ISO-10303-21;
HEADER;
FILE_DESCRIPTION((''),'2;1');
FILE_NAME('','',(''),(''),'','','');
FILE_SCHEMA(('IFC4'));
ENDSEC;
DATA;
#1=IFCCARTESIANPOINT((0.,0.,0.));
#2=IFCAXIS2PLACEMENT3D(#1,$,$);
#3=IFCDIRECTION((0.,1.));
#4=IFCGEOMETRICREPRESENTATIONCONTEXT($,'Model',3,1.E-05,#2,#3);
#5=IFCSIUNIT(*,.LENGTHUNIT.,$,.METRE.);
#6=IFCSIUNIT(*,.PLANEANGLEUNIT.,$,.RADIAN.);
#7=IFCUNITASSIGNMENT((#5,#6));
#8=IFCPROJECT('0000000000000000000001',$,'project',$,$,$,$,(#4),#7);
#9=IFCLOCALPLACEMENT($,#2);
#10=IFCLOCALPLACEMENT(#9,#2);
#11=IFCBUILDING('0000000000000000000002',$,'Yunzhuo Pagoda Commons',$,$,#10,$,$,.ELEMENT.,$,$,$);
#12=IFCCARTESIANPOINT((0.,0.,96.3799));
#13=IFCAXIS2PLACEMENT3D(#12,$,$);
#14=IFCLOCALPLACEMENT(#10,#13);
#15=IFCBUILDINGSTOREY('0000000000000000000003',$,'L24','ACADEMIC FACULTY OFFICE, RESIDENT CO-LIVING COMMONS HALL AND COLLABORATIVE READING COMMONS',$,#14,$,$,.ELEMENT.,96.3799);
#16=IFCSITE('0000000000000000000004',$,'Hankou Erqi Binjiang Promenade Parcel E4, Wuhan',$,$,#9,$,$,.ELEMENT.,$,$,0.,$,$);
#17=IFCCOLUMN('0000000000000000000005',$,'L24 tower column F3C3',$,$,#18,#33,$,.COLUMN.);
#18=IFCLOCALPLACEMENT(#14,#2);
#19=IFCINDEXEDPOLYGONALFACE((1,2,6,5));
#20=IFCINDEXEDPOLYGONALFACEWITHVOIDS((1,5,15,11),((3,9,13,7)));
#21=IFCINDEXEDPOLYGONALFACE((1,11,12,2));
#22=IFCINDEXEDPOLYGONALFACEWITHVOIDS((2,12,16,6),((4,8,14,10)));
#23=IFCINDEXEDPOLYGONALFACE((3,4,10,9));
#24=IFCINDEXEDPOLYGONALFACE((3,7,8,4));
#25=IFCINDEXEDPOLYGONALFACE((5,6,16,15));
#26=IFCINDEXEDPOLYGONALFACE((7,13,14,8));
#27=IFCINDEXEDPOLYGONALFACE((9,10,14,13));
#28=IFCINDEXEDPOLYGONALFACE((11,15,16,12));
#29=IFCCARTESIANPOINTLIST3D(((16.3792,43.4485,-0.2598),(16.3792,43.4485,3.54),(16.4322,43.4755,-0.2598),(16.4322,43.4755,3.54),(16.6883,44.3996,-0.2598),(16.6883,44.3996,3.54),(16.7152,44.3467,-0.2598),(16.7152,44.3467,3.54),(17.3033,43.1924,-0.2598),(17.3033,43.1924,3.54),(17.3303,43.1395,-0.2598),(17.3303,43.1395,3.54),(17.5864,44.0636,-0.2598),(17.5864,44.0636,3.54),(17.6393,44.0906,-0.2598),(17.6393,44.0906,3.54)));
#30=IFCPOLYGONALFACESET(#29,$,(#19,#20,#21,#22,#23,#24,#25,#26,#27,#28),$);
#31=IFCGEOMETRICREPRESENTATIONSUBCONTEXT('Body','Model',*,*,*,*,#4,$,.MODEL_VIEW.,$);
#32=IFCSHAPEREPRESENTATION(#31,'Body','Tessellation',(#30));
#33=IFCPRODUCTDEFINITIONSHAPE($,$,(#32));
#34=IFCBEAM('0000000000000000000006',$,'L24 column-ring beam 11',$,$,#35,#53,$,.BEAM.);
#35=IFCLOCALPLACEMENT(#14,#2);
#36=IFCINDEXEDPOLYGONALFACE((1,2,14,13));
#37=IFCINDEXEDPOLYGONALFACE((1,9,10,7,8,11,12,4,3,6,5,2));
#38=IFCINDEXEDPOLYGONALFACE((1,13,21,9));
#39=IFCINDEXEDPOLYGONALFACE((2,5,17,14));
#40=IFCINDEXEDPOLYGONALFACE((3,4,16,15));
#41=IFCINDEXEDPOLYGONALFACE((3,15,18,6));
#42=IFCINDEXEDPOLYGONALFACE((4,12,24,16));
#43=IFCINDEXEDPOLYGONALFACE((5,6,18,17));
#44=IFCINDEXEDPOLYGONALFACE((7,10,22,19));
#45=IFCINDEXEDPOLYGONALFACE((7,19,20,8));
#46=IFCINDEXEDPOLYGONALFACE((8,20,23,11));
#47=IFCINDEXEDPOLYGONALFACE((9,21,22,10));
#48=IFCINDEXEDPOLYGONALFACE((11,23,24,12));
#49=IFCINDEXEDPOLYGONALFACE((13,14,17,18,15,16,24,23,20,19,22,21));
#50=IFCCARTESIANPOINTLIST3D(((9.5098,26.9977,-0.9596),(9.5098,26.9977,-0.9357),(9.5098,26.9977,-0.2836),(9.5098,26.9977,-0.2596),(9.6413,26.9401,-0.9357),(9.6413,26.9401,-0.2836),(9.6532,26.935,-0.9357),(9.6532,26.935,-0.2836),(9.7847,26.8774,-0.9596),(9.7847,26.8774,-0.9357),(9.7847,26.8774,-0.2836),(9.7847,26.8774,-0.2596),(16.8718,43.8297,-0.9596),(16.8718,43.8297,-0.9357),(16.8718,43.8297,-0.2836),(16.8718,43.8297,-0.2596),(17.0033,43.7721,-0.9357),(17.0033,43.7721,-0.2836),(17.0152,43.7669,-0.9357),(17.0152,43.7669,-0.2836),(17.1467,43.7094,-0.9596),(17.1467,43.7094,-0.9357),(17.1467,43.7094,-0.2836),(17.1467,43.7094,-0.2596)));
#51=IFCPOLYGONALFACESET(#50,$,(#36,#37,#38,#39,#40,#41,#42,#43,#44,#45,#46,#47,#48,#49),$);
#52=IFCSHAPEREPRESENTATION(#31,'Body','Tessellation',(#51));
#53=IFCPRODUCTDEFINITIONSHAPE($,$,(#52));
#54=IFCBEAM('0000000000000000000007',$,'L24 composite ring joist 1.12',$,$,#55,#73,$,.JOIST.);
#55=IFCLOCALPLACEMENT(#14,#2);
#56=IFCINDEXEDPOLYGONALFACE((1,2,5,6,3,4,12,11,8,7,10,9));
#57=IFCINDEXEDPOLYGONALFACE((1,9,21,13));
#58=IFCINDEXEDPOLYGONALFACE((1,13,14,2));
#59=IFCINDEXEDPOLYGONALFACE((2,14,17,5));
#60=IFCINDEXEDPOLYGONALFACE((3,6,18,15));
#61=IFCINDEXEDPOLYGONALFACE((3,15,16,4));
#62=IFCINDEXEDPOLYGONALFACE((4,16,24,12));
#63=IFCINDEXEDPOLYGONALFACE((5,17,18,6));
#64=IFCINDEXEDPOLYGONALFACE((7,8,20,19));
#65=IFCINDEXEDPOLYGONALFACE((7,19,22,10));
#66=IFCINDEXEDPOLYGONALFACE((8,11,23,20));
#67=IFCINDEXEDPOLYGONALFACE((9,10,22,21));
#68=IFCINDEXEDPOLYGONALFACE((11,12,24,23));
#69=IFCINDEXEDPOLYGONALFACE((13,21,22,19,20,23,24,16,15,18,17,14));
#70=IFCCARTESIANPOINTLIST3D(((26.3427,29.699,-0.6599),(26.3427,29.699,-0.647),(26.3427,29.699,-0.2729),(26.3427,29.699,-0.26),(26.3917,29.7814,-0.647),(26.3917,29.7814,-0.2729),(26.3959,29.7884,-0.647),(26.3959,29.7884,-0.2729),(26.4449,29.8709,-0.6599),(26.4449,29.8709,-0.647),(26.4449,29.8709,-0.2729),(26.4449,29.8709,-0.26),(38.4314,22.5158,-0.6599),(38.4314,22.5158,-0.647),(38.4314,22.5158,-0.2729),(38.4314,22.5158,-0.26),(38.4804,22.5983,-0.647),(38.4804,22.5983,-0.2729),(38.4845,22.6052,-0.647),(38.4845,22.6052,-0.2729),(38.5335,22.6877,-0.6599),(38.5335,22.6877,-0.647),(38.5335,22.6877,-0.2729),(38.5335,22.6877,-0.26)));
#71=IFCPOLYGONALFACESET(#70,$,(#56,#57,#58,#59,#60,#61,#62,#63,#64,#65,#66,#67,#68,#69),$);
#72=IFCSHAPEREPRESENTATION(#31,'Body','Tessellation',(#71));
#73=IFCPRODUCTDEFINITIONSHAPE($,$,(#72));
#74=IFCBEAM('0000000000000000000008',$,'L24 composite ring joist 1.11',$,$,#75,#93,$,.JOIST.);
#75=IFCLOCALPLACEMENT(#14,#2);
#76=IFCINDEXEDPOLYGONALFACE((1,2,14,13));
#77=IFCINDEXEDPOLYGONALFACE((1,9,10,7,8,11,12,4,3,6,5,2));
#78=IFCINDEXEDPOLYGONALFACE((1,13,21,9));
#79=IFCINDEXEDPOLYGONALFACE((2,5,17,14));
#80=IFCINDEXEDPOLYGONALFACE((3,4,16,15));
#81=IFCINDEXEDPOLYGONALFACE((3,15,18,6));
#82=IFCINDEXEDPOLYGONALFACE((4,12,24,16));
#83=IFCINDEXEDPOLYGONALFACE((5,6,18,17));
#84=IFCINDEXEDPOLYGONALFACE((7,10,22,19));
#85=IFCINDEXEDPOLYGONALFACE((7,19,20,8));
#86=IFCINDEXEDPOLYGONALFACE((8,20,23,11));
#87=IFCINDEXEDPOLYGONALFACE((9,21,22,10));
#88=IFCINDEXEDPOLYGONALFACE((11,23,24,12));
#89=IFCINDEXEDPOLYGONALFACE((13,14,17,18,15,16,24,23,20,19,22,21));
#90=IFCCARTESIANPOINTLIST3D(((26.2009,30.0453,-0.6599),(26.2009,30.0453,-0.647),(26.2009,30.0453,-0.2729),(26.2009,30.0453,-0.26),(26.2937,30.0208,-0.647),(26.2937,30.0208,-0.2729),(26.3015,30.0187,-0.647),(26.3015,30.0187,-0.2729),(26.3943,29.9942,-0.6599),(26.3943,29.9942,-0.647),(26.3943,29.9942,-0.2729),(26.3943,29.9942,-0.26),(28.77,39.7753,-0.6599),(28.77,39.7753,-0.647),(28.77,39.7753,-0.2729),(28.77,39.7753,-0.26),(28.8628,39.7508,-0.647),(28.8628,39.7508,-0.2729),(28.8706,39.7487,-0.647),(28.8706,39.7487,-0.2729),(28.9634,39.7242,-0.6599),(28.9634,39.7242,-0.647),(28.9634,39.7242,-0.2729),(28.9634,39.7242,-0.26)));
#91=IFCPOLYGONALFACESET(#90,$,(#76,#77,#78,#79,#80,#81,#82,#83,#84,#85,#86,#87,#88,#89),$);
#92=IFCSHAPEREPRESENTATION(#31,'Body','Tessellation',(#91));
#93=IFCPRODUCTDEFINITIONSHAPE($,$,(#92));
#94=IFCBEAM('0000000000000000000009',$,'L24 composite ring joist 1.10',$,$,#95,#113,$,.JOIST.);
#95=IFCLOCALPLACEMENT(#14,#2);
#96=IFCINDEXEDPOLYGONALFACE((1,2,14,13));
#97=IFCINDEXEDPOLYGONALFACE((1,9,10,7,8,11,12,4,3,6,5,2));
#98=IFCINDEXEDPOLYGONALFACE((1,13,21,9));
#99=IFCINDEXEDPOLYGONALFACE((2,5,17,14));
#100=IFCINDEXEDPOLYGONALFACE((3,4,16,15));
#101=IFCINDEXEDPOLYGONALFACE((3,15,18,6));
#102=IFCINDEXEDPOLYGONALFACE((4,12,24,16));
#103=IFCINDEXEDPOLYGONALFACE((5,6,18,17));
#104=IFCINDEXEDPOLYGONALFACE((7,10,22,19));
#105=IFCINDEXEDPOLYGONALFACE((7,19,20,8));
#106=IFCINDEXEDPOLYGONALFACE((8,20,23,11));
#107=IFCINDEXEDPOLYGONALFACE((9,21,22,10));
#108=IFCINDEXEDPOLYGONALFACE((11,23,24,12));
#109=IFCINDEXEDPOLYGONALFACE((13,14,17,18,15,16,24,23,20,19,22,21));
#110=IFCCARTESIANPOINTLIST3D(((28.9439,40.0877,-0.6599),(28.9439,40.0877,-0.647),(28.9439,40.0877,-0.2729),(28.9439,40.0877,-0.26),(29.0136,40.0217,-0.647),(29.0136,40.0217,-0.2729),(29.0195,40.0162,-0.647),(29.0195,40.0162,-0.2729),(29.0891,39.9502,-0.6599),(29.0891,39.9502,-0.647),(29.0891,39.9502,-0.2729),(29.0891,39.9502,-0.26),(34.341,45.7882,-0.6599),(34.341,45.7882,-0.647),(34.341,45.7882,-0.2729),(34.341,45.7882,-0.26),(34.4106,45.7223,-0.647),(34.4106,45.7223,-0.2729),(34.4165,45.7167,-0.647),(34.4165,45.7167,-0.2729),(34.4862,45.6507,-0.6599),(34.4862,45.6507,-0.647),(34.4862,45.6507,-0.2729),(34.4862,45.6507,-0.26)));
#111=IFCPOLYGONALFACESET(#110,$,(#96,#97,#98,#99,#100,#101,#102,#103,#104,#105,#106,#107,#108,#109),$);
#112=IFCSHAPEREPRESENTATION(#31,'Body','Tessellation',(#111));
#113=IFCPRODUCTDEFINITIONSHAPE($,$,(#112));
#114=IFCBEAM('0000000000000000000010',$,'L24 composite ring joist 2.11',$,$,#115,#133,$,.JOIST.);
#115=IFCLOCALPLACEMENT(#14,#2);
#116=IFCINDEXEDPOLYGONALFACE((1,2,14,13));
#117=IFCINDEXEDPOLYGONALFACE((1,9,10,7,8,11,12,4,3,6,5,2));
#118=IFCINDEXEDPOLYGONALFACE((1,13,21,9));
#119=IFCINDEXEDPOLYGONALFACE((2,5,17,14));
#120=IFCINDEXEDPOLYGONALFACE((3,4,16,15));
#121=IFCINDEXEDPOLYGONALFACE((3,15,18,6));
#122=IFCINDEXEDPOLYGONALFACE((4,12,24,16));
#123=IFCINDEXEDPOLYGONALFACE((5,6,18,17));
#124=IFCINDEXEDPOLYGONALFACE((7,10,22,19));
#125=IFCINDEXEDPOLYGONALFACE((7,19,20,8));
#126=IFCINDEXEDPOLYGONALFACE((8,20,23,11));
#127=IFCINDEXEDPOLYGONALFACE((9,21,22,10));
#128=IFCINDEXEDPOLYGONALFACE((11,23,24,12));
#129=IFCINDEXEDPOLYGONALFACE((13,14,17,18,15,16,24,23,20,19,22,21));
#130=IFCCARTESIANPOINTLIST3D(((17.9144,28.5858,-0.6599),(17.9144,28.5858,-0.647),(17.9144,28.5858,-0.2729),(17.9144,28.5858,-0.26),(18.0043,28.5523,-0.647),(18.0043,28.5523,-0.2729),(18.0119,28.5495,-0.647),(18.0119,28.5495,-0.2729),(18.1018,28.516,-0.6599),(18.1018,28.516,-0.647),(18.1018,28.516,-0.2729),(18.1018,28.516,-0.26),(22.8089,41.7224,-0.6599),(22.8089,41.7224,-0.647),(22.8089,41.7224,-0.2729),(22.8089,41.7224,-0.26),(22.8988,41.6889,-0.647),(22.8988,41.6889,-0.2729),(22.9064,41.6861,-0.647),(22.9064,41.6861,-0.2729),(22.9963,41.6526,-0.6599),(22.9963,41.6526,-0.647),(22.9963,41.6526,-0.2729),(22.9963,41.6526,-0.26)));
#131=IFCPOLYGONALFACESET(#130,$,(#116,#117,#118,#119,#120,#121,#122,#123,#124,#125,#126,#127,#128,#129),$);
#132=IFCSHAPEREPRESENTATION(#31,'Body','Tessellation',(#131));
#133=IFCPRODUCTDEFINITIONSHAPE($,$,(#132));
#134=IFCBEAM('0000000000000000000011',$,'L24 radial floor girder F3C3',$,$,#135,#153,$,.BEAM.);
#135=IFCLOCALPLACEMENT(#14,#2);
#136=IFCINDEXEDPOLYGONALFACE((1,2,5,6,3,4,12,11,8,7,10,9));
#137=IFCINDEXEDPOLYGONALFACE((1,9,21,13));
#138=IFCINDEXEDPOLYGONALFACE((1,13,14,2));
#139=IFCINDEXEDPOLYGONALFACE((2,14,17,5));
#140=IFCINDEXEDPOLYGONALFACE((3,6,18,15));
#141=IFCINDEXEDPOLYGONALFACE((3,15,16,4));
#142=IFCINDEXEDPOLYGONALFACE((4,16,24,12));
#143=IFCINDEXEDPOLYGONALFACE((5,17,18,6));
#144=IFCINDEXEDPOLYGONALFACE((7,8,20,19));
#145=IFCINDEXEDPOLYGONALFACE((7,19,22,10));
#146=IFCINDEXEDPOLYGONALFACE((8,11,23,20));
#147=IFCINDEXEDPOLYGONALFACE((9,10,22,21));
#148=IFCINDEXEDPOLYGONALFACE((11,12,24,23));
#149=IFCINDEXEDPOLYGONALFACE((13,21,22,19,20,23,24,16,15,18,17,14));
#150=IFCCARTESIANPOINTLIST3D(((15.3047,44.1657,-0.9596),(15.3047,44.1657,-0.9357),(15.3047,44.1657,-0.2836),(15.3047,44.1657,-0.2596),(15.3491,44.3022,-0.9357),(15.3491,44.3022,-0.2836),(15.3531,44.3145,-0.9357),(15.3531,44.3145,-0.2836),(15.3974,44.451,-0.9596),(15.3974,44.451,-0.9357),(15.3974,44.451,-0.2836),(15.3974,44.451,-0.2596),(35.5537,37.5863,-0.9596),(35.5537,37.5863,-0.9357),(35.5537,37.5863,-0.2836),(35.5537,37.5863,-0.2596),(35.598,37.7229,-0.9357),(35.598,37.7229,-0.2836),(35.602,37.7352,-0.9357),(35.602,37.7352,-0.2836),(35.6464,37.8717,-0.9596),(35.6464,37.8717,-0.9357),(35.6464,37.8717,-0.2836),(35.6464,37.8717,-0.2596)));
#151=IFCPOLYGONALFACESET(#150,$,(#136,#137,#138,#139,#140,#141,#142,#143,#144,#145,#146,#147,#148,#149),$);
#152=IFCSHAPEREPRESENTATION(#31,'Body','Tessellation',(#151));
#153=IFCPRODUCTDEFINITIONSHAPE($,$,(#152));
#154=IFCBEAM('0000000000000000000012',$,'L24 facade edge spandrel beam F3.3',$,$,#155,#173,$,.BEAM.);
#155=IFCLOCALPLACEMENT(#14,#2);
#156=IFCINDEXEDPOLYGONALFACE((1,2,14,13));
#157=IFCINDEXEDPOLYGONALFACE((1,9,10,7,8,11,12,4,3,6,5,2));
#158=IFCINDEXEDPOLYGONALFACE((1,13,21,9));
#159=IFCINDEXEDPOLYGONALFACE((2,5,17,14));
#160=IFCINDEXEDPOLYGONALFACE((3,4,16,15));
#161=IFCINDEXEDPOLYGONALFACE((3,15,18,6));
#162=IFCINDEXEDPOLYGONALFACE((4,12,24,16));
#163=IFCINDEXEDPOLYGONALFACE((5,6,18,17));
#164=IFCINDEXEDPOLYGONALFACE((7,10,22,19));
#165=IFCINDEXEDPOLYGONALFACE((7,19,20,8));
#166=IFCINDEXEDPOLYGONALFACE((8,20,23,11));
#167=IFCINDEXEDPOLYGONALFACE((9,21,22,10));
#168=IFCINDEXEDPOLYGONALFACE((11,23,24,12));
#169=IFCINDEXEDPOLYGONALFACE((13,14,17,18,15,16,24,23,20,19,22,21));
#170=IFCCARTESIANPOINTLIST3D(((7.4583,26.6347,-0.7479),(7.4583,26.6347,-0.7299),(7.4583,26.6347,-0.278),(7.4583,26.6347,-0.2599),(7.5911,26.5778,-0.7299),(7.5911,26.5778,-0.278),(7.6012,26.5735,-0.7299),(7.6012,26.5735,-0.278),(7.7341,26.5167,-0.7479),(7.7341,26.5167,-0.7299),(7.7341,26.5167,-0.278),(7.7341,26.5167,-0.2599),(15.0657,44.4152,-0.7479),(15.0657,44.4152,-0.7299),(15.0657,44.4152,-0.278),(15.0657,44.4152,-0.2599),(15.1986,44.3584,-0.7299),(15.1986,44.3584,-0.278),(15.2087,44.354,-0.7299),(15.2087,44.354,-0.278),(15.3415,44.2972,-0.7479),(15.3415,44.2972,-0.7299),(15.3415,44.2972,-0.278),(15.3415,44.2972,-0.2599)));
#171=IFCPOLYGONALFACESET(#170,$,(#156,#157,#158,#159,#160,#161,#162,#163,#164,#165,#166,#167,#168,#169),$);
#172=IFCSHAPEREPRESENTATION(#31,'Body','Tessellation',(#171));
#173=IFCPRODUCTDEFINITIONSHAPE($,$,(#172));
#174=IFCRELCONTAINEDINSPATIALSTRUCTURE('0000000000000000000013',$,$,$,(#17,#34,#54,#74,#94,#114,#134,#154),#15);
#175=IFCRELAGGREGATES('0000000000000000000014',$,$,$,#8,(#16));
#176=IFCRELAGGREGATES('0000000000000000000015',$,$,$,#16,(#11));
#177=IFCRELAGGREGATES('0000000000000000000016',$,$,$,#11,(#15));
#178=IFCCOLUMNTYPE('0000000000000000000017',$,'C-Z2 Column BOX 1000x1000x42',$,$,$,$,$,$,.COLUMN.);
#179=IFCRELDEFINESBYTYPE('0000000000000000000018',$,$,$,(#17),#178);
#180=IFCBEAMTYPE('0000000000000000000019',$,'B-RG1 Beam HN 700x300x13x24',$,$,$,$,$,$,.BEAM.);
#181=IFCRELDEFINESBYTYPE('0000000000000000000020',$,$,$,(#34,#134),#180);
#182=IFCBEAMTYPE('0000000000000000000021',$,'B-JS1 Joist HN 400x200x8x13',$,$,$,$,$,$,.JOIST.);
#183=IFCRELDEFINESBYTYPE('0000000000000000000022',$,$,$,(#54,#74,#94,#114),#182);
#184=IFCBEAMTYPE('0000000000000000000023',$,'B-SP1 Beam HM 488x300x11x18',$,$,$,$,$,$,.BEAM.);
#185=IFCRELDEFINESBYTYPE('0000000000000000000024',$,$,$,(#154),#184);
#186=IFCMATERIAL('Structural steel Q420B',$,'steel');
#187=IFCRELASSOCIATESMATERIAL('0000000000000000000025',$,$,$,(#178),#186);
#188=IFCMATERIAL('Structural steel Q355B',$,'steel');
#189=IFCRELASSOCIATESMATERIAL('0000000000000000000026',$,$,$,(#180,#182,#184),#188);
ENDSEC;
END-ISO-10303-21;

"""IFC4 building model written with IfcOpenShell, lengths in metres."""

from ifc_helpers import new_model, si_unit, direction, frame, origin, origin_2d, place, context, subcontext, project, spatial, hollow_rectangle, i_section, extrude, source, transform, mapped, material, material_profile, profile_set, type_object, element, save


model = new_model("IFC4")

# Units and contexts
model_context = context("Model", 3, precision=1e-05, world=origin(), true_north=direction((0.0, 1.0)))
body_context = subcontext(model_context, "Body", "Model", "MODEL_VIEW")
ifc_project = project(units=[si_unit("LENGTHUNIT", "METRE"), si_unit("PLANEANGLEUNIT", "RADIAN")], contexts=[model_context])

# Site, building, storey
site_placement = place(None, origin())
site = spatial("IfcSite", under=ifc_project, at=site_placement, Name="Hankou Erqi Binjiang Promenade Parcel E4, Wuhan", CompositionType="ELEMENT", RefElevation=0.0)
building_placement = place(site_placement, origin())
building = spatial("IfcBuilding", under=site, at=building_placement, Name="Yunzhuo Pagoda Commons", CompositionType="ELEMENT")
storey_placement = place(building_placement, frame((0.0, 0.0, 96.3799)))
storey = spatial("IfcBuildingStorey", under=building, at=storey_placement, Name="L24", Description="ACADEMIC FACULTY OFFICE, RESIDENT CO-LIVING COMMONS HALL AND COLLABORATIVE READING COMMONS", CompositionType="ELEMENT", Elevation=96.3799)

# Column
ifc_material_1 = material(Name="Structural steel Q420B", Category="steel")
ifc_material_profile_1 = material_profile(ifc_material_1, hollow_rectangle(XDim=1.0, YDim=1.0, WallThickness=0.042, at=origin_2d()), Name="Structural steel Q420B")
ifc_profile_set_1 = profile_set([ifc_material_profile_1], Name="Structural steel Q420B")
column_type = type_object("IfcColumnType", Name="C-Z2 Column BOX 1000x1000x42", PredefinedType="COLUMN", material=ifc_profile_set_1)
shared_shape_1 = source(origin(), body_context, "Body", "SweptSolid", [
    extrude(hollow_rectangle(XDim=1.0, YDim=1.0, WallThickness=0.042, at=origin_2d()), origin(), (0.0, 0.0, 1.0), 3.7998),
])
column_placement = place(storey_placement, frame((17.0093, 43.7695, -0.2598), z_axis=(0.0, 0.0, 1.0), x_axis=(-0.309017, -0.951057, 0.0)))
element("IfcColumn", 1, at=column_placement, inside=storey, type_object=column_type, Name="L24 tower column F3C3", PredefinedType="COLUMN", context=body_context, shape_type="MappedRepresentation", body=[
    mapped(shared_shape_1, transform((0.0, 0.0, 0.0), scale=1.0)),
])

# Beams
ifc_material_2 = material(Name="Structural steel Q355B", Category="steel")
ifc_material_profile_2 = material_profile(ifc_material_2, i_section(OverallWidth=0.3, OverallDepth=0.7, WebThickness=0.0129, FlangeThickness=0.0239, at=origin_2d()), Name="Structural steel Q355B")
ifc_profile_set_2 = profile_set([ifc_material_profile_2], Name="Structural steel Q355B")
beam_type_1 = type_object("IfcBeamType", Name="B-RG1 Beam HN 700x300x13x24", PredefinedType="BEAM", material=ifc_profile_set_2)
shared_shape_2 = source(origin(), body_context, "Body", "SweptSolid", [
    extrude(i_section(OverallWidth=0.3, OverallDepth=0.7, WebThickness=0.0129, FlangeThickness=0.0239, at=origin_2d()), origin(), (0.0, 0.0, 1.0), 18.3716),
])
beam_1_placement = place(storey_placement, frame((17.0093, 43.7695, -0.6096), z_axis=(-0.40073, -0.916196, 0.0), x_axis=(0.916196, -0.40073, 0.0)))
element("IfcBeam", 2, at=beam_1_placement, inside=storey, type_object=beam_type_1, Name="L24 column-ring beam 11", PredefinedType="BEAM", context=body_context, shape_type="MappedRepresentation", body=[
    mapped(shared_shape_2, transform((0.0, 0.0, 0.0), scale=1.0)),
])
ifc_material_profile_3 = material_profile(ifc_material_2, i_section(OverallWidth=0.2, OverallDepth=0.3999, WebThickness=0.0081, FlangeThickness=0.0129, at=origin_2d()), Name="Structural steel Q355B")
ifc_profile_set_3 = profile_set([ifc_material_profile_3], Name="Structural steel Q355B")
beam_type_2 = type_object("IfcBeamType", Name="B-JS1 Joist HN 400x200x8x13", PredefinedType="JOIST", material=ifc_profile_set_3)
shared_shape_3 = source(origin(), body_context, "Body", "SweptSolid", [
    extrude(i_section(OverallWidth=0.2, OverallDepth=0.3999, WebThickness=0.0081, FlangeThickness=0.0129, at=origin_2d()), origin(), (0.0, 0.0, 1.0), 14.0618),
])
beam_2_placement = place(storey_placement, frame((26.3938, 29.7849, -0.46), z_axis=(0.859683, -0.510827, 0.0), x_axis=(0.510827, 0.859683, 0.0)))
element("IfcBeam", 3, at=beam_2_placement, inside=storey, type_object=beam_type_2, Name="L24 composite ring joist 1.12", PredefinedType="JOIST", context=body_context, shape_type="MappedRepresentation", body=[
    mapped(shared_shape_3, transform((0.0, 0.0, 0.0), scale=1.0)),
])
shared_shape_4 = source(origin(), body_context, "Body", "SweptSolid", [
    extrude(i_section(OverallWidth=0.2, OverallDepth=0.3999, WebThickness=0.0081, FlangeThickness=0.0129, at=origin_2d()), origin(), (0.0, 0.0, 1.0), 10.0635),
])
beam_3_placement = place(storey_placement, frame((28.8667, 39.7498, -0.46), z_axis=(-0.25529, -0.966865, 0.0), x_axis=(0.966865, -0.25529, 0.0)))
element("IfcBeam", 4, at=beam_3_placement, inside=storey, type_object=beam_type_2, Name="L24 composite ring joist 1.11", PredefinedType="JOIST", context=body_context, shape_type="MappedRepresentation", body=[
    mapped(shared_shape_4, transform((0.0, 0.0, 0.0), scale=1.0)),
])
shared_shape_5 = source(origin(), body_context, "Body", "SweptSolid", [
    extrude(i_section(OverallWidth=0.2, OverallDepth=0.3999, WebThickness=0.0081, FlangeThickness=0.0129, at=origin_2d()), origin(), (0.0, 0.0, 1.0), 7.8501),
])
beam_4_placement = place(storey_placement, frame((34.4136, 45.7195, -0.46), z_axis=(-0.687513, -0.726172, 0.0), x_axis=(0.726172, -0.687513, 0.0)))
element("IfcBeam", 5, at=beam_4_placement, inside=storey, type_object=beam_type_2, Name="L24 composite ring joist 1.10", PredefinedType="JOIST", context=body_context, shape_type="MappedRepresentation", body=[
    mapped(shared_shape_5, transform((0.0, 0.0, 0.0), scale=1.0)),
])
shared_shape_6 = source(origin(), body_context, "Body", "SweptSolid", [
    extrude(i_section(OverallWidth=0.2, OverallDepth=0.3999, WebThickness=0.0081, FlangeThickness=0.0129, at=origin_2d()), origin(), (0.0, 0.0, 1.0), 14.0188),
])
beam_5_placement = place(storey_placement, frame((22.9026, 41.6875, -0.46), z_axis=(-0.349138, -0.937071, 0.0), x_axis=(0.937071, -0.349138, 0.0)))
element("IfcBeam", 6, at=beam_5_placement, inside=storey, type_object=beam_type_2, Name="L24 composite ring joist 2.11", PredefinedType="JOIST", context=body_context, shape_type="MappedRepresentation", body=[
    mapped(shared_shape_6, transform((0.0, 0.0, 0.0), scale=1.0)),
])
shared_shape_7 = source(origin(), body_context, "Body", "SweptSolid", [
    extrude(i_section(OverallWidth=0.3, OverallDepth=0.7, WebThickness=0.0129, FlangeThickness=0.0239, at=origin_2d()), origin(), (0.0, 0.0, 1.0), 21.291),
])
beam_6_placement = place(storey_placement, frame((15.3511, 44.3083, -0.6096), z_axis=(0.951056, -0.309019, 0.0), x_axis=(0.309019, 0.951056, 0.0)))
element("IfcBeam", 7, at=beam_6_placement, inside=storey, type_object=beam_type_1, Name="L24 radial floor girder F3C3", PredefinedType="BEAM", context=body_context, shape_type="MappedRepresentation", body=[
    mapped(shared_shape_7, transform((0.0, 0.0, 0.0), scale=1.0)),
])
ifc_material_profile_4 = material_profile(ifc_material_2, i_section(OverallWidth=0.3, OverallDepth=0.488, WebThickness=0.011, FlangeThickness=0.0181, at=origin_2d()), Name="Structural steel Q355B")
ifc_profile_set_4 = profile_set([ifc_material_profile_4], Name="Structural steel Q355B")
beam_type_3 = type_object("IfcBeamType", Name="B-SP1 Beam HM 488x300x11x18", PredefinedType="BEAM", material=ifc_profile_set_4)
shared_shape_8 = source(origin(), body_context, "Body", "SweptSolid", [
    extrude(i_section(OverallWidth=0.3, OverallDepth=0.488, WebThickness=0.011, FlangeThickness=0.0181, at=origin_2d()), origin(), (0.0, 0.0, 1.0), 19.3396),
])
beam_7_placement = place(storey_placement, frame((15.2036, 44.3562, -0.5039), z_axis=(-0.39336, -0.919384, 0.0), x_axis=(0.919384, -0.39336, 0.0)))
element("IfcBeam", 8, at=beam_7_placement, inside=storey, type_object=beam_type_3, Name="L24 facade edge spandrel beam F3.3", PredefinedType="BEAM", context=body_context, shape_type="MappedRepresentation", body=[
    mapped(shared_shape_8, transform((0.0, 0.0, 0.0), scale=1.0)),
])

save(model, "model.ifc")
